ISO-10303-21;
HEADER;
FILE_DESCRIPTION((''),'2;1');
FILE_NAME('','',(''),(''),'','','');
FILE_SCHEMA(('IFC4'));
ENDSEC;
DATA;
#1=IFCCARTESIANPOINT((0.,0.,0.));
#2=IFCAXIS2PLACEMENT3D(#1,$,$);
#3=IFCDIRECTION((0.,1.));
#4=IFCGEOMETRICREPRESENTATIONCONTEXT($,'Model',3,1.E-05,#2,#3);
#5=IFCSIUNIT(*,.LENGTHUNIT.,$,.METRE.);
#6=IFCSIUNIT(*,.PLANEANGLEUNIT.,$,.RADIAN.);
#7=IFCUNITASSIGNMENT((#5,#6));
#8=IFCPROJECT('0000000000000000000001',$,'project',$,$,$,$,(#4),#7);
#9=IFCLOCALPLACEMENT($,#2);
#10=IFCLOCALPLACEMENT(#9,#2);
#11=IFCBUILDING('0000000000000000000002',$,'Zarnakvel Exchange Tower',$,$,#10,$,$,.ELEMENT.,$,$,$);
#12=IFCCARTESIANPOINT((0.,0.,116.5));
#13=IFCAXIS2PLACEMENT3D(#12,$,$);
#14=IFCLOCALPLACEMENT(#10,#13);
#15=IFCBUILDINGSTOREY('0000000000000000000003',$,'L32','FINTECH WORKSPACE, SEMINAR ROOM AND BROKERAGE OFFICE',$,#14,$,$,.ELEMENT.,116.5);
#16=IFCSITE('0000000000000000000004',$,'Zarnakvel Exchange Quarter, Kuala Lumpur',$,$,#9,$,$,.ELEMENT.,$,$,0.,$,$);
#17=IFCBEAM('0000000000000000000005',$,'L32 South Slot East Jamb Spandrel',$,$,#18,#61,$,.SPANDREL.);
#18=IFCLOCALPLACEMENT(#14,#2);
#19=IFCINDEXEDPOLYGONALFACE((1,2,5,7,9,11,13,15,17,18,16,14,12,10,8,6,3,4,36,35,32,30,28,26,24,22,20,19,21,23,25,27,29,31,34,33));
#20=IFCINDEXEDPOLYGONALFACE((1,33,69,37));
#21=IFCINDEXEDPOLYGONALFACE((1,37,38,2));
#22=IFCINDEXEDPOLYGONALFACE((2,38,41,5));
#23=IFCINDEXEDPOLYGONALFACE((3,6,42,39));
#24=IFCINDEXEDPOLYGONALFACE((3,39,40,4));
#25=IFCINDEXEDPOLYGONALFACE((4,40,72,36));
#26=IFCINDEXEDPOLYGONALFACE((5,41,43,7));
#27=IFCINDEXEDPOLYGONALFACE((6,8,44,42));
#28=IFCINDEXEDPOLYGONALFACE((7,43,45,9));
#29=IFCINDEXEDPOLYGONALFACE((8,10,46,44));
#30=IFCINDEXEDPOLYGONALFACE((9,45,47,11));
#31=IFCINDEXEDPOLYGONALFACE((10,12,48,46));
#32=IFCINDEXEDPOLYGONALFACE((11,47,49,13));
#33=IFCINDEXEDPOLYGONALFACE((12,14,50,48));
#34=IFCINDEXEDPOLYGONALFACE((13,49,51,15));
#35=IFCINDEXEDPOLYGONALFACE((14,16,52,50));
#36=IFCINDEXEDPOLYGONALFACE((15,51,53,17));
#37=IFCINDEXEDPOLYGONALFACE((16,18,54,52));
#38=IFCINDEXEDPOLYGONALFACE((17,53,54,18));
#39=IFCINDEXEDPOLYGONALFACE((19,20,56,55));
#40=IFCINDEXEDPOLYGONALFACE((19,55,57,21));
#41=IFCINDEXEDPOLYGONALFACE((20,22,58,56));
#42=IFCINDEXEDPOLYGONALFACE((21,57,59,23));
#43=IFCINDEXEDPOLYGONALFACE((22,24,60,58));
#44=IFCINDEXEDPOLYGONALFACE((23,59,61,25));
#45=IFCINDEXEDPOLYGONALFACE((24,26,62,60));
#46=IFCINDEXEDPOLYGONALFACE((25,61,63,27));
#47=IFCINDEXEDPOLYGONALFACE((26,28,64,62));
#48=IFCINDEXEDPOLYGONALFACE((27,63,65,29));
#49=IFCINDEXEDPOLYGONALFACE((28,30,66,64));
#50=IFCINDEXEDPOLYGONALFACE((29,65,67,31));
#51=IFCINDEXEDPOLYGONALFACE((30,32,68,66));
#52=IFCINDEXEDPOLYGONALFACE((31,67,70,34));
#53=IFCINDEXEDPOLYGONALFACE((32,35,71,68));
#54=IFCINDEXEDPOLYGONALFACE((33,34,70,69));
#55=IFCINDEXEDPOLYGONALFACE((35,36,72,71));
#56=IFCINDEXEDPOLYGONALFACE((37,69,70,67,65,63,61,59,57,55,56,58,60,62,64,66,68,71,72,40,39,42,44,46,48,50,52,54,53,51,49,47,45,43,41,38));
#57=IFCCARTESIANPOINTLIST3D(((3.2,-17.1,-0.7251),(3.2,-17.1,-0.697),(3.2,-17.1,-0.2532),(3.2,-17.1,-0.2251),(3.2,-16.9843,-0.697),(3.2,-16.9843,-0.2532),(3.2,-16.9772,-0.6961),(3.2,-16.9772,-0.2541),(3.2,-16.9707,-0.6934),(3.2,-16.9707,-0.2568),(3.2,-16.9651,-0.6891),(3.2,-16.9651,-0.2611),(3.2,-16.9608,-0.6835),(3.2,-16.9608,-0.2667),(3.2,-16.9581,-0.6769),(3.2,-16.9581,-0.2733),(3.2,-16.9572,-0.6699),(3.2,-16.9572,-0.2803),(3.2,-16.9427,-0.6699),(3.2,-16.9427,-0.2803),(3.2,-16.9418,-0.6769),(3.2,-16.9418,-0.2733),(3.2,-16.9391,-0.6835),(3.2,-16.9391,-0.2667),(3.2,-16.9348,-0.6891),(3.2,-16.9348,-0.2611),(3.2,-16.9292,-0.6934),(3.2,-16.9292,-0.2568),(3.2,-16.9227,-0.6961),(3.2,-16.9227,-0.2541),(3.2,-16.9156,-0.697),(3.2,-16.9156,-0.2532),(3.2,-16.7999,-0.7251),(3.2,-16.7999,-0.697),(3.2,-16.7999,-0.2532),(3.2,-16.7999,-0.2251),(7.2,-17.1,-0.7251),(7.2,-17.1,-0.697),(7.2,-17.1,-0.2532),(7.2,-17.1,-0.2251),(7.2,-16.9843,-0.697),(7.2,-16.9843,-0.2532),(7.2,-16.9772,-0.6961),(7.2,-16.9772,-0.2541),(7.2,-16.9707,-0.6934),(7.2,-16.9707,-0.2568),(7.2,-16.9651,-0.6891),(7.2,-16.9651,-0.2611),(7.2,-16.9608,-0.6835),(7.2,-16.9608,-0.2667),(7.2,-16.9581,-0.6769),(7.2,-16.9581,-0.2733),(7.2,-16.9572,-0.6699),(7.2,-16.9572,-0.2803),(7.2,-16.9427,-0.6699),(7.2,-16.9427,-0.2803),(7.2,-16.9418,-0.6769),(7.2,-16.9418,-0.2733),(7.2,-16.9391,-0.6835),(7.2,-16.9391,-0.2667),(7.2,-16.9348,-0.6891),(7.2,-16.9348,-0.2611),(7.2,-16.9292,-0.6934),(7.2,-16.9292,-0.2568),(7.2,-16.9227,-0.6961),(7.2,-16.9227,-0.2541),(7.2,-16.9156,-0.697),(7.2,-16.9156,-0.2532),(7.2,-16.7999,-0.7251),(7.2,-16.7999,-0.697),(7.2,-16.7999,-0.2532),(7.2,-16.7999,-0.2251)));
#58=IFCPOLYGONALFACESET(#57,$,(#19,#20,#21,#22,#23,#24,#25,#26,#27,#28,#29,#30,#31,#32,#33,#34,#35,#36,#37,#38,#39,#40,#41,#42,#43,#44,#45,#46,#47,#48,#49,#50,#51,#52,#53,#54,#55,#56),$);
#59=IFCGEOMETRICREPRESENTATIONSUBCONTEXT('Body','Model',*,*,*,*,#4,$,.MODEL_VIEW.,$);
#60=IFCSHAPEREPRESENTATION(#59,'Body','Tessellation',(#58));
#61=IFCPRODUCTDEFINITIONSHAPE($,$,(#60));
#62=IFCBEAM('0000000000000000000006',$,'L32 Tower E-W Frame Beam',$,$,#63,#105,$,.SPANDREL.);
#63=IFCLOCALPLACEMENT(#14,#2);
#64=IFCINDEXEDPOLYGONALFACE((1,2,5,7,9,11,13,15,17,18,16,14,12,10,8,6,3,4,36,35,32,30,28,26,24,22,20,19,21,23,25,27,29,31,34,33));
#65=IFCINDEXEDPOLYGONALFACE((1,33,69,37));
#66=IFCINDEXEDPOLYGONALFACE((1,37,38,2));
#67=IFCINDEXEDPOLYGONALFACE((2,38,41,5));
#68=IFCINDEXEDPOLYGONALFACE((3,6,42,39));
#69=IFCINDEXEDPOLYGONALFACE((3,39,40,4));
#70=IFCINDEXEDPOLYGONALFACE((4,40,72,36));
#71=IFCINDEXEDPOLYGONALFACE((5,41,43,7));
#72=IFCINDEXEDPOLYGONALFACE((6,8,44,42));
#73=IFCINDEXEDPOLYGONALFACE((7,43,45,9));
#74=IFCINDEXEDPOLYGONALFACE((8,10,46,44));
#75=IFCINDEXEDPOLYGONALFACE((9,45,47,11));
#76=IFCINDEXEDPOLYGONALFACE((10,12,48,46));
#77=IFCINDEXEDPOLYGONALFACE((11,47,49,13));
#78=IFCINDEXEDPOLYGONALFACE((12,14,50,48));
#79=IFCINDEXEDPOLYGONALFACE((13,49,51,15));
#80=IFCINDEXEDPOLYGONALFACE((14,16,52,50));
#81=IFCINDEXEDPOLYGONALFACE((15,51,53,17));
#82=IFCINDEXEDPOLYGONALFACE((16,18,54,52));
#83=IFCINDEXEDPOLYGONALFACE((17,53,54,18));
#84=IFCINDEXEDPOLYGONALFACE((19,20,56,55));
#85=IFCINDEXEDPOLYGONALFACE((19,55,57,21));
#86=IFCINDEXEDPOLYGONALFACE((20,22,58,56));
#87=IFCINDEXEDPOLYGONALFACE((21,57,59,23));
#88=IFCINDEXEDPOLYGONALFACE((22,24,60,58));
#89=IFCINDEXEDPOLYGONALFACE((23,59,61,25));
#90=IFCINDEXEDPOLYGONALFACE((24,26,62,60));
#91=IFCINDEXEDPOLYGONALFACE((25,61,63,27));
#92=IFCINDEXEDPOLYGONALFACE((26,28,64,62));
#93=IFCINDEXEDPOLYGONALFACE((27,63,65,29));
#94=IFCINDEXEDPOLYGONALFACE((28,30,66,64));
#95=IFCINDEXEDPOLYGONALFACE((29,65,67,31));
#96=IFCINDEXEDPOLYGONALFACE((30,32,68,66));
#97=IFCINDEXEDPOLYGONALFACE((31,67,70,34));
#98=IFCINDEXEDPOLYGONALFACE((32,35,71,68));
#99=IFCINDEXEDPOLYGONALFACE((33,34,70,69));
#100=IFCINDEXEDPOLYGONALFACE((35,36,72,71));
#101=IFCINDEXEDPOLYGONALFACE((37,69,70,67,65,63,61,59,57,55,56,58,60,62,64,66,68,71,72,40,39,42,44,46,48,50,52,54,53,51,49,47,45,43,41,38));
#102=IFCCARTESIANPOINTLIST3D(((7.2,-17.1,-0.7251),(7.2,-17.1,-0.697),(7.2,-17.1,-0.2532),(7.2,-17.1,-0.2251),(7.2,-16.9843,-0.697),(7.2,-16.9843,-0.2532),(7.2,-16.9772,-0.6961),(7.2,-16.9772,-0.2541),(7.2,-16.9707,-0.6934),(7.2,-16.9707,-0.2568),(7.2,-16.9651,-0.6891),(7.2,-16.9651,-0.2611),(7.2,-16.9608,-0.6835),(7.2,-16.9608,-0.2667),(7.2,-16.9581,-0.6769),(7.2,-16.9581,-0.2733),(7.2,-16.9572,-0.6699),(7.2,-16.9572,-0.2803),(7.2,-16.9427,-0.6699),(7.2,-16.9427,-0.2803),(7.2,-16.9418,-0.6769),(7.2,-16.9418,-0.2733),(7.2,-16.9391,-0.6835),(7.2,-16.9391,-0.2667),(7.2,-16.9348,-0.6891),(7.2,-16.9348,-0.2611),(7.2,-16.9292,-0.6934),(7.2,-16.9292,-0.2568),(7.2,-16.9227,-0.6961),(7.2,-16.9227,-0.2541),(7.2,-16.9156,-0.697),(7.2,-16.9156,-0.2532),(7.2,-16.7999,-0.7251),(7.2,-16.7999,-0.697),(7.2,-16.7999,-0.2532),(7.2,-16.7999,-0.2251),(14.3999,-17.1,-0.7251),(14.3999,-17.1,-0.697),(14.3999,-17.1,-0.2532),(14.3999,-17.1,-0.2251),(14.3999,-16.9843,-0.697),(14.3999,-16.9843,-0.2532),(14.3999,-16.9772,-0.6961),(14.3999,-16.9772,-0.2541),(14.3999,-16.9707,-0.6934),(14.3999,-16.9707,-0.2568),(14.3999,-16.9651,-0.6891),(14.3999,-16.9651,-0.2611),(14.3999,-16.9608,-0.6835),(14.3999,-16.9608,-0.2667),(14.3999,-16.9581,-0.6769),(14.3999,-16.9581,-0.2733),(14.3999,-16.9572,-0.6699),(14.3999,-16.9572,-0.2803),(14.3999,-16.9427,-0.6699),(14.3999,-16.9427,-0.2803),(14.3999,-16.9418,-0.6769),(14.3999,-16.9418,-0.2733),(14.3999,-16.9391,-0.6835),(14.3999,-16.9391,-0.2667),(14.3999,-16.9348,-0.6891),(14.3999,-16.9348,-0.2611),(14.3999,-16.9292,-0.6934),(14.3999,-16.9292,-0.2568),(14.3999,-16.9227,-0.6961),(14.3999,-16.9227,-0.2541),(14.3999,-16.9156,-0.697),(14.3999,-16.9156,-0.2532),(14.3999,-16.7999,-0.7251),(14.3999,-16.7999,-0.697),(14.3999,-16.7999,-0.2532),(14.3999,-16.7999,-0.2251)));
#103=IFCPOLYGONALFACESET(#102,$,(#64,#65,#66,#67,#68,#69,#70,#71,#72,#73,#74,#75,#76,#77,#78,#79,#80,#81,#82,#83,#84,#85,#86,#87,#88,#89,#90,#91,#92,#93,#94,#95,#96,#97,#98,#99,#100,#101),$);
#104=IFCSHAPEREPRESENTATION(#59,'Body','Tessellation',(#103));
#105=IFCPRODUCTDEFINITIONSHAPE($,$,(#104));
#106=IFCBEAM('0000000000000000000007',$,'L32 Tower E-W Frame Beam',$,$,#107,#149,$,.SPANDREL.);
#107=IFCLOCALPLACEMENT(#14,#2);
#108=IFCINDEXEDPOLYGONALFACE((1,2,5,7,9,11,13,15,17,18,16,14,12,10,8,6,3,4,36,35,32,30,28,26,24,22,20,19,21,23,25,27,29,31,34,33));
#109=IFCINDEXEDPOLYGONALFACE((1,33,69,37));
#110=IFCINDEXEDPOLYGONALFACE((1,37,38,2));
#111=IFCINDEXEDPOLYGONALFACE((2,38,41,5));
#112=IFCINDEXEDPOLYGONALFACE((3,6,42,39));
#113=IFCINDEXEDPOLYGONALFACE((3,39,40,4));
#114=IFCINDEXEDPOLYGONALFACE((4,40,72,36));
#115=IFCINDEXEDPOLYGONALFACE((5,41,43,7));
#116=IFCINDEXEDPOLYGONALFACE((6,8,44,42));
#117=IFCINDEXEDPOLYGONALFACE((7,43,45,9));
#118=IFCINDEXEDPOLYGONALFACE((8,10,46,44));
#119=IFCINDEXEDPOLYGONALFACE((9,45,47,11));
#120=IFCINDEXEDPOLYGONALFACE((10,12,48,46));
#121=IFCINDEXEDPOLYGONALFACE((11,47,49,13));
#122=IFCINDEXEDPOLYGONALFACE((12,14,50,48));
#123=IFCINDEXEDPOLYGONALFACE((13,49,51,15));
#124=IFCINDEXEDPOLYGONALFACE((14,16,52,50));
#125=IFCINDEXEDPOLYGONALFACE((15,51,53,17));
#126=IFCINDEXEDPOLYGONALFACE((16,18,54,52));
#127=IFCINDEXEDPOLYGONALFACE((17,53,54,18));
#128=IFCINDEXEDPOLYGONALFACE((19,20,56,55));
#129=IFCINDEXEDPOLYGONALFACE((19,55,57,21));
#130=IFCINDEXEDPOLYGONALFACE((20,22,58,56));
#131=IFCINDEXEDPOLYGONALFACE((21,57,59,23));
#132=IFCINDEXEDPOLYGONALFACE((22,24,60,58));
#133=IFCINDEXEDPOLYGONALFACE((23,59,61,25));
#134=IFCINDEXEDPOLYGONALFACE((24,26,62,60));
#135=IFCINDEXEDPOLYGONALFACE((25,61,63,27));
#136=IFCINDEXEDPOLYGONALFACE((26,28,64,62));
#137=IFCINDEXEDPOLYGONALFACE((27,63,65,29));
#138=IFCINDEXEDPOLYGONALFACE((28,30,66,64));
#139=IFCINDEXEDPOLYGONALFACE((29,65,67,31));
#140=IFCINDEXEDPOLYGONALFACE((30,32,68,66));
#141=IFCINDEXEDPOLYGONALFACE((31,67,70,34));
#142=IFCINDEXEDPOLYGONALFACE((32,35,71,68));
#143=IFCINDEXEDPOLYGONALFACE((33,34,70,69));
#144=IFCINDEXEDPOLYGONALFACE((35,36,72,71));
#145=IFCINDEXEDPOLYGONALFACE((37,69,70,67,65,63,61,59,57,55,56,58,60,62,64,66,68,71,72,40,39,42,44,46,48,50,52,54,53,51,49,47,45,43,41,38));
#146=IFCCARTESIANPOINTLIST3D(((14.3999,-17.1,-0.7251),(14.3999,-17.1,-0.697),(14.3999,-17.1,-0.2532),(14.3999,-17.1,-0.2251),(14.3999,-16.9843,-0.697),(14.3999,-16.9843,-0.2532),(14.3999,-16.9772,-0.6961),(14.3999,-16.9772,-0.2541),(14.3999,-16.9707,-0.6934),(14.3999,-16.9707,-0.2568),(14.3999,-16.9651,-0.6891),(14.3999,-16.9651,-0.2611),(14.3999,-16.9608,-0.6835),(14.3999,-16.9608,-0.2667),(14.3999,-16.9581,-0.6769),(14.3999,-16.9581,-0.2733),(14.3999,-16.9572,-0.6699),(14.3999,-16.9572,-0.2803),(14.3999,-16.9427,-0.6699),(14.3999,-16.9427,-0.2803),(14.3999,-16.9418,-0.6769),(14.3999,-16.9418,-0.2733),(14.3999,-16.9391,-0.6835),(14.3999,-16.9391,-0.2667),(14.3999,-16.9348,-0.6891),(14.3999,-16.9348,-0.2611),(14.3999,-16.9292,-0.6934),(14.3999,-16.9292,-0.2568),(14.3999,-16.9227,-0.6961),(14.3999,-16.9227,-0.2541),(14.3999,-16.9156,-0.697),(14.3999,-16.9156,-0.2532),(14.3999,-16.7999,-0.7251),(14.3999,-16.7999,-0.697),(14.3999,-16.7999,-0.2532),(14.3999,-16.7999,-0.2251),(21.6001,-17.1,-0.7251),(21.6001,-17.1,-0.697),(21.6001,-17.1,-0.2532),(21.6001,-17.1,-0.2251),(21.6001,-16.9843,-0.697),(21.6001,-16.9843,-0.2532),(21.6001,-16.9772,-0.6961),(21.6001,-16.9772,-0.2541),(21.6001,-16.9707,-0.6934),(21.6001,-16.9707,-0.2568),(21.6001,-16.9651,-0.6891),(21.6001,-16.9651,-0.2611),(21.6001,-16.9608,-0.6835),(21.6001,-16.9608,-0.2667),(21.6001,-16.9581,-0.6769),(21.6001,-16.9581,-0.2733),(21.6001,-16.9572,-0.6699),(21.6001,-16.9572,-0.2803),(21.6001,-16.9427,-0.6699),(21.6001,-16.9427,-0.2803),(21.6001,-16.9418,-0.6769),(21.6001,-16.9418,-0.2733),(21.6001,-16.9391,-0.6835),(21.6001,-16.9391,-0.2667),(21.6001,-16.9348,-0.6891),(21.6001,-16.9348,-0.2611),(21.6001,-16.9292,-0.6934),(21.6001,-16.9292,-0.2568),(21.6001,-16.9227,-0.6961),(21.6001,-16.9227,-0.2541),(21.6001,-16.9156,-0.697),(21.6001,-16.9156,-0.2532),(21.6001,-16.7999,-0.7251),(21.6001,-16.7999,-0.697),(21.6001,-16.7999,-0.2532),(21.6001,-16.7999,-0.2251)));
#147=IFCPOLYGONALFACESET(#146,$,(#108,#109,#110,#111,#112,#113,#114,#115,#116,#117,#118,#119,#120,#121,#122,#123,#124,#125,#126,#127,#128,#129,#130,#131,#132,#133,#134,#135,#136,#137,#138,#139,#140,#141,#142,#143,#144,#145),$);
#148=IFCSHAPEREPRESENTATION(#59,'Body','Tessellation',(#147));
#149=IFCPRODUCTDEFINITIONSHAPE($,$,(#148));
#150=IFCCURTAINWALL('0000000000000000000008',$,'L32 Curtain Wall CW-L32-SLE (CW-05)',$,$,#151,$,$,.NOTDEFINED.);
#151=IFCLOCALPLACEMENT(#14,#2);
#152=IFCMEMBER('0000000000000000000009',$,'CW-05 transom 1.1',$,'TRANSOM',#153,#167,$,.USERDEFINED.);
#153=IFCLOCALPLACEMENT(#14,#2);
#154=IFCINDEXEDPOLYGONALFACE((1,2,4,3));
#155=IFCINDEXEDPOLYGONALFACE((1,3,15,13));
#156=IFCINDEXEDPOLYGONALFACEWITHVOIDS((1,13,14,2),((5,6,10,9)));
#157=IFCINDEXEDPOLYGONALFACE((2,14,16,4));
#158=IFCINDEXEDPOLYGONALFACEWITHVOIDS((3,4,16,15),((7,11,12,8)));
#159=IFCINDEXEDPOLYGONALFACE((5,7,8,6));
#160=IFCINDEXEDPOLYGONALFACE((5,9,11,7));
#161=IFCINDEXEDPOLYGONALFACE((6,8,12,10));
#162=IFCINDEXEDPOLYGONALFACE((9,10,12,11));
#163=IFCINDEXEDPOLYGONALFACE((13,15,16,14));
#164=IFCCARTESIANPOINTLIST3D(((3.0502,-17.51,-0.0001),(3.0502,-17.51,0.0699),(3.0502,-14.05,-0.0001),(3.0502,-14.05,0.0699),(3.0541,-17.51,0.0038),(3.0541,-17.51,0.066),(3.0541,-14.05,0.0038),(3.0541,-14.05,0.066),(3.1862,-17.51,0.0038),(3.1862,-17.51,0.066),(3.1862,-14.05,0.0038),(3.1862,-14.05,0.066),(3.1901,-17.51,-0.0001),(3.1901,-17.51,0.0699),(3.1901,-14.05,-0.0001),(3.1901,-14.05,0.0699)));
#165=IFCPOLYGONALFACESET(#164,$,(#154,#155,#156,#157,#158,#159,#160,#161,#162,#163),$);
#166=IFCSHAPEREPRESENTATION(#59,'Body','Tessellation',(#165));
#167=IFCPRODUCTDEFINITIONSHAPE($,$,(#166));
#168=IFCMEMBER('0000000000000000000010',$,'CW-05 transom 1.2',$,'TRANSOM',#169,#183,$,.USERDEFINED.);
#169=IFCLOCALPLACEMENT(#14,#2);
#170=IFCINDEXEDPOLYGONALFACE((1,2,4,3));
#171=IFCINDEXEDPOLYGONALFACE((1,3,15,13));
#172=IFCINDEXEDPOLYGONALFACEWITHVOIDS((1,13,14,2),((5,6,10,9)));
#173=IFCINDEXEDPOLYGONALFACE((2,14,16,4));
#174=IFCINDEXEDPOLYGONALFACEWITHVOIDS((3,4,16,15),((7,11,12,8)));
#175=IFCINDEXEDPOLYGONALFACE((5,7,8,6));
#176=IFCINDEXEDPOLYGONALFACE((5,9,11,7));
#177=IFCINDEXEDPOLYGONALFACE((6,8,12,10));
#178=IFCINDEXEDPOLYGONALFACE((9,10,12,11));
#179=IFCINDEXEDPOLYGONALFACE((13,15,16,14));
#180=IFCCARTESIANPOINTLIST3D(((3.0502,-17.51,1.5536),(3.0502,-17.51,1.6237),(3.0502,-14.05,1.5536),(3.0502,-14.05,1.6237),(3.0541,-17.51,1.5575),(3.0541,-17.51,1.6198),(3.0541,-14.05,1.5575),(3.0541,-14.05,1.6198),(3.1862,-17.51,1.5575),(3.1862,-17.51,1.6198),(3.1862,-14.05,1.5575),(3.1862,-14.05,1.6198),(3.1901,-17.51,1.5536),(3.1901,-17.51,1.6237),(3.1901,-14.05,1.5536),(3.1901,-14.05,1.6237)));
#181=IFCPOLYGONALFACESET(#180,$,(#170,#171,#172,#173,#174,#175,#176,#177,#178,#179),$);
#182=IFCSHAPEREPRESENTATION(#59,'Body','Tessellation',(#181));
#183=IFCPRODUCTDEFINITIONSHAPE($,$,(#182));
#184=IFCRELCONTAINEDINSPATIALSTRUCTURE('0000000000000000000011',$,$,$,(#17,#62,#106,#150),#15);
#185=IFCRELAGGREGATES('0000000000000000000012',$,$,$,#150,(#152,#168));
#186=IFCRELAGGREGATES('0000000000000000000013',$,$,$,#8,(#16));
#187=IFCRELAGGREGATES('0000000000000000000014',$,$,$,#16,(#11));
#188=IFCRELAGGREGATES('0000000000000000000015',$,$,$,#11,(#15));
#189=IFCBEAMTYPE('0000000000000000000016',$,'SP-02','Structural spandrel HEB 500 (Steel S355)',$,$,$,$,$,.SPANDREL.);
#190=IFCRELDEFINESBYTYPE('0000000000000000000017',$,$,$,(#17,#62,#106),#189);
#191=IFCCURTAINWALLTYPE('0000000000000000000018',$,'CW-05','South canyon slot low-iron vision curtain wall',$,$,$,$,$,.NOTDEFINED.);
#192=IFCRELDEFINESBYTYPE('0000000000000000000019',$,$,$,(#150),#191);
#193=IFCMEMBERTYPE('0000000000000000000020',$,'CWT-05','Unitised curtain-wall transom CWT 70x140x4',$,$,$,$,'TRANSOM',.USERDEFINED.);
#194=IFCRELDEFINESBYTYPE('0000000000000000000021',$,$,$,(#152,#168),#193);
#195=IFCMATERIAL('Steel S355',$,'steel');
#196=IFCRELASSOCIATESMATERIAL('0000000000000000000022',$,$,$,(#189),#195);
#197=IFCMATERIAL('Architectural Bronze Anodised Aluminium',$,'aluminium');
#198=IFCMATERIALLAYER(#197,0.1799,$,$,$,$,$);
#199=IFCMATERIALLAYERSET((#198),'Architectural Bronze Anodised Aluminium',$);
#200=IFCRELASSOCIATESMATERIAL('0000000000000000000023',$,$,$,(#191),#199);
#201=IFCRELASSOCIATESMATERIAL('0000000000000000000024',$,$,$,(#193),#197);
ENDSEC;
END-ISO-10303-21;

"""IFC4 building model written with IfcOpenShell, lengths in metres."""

from ifc_helpers import new_model, si_unit, direction, frame, origin, origin_2d, place, context, subcontext, project, spatial, hollow_rectangle, i_section, extrude, source, transform, mapped, material, layer, layer_set, material_profile, profile_set, type_object, element, aggregate, save


model = new_model("IFC4")

# Units and contexts
model_context = context("Model", 3, precision=1e-05, world=origin(), true_north=direction((0.0, 1.0)))
body_context = subcontext(model_context, "Body", "Model", "MODEL_VIEW")
ifc_project = project(units=[si_unit("LENGTHUNIT", "METRE"), si_unit("PLANEANGLEUNIT", "RADIAN")], contexts=[model_context])

# Site, building, storey
site_placement = place(None, origin())
site = spatial("IfcSite", under=ifc_project, at=site_placement, Name="Zarnakvel Exchange Quarter, Kuala Lumpur", CompositionType="ELEMENT", RefElevation=0.0)
building_placement = place(site_placement, origin())
building = spatial("IfcBuilding", under=site, at=building_placement, Name="Zarnakvel Exchange Tower", CompositionType="ELEMENT")
storey_placement = place(building_placement, frame((0.0, 0.0, 116.5)))
storey = spatial("IfcBuildingStorey", under=building, at=storey_placement, Name="L32", Description="FINTECH WORKSPACE, SEMINAR ROOM AND BROKERAGE OFFICE", CompositionType="ELEMENT", Elevation=116.5)

# Beams
ifc_material_1 = material(Name="Steel S355", Category="steel")
ifc_material_profile_1 = material_profile(ifc_material_1, i_section(OverallWidth=0.3, OverallDepth=0.5, WebThickness=0.0144, FlangeThickness=0.0281, FilletRadius=0.0271, at=origin_2d()))
ifc_profile_set_1 = profile_set([ifc_material_profile_1], Name="Steel S355")
beam_type_1 = type_object("IfcBeamType", Name="SP-02", Description="Structural spandrel HEB 500 (Steel S355)", PredefinedType="SPANDREL", material=ifc_profile_set_1)
beam_1_placement = place(storey_placement, frame((3.2, -16.95, -0.4751), z_axis=(1.0, 0.0, 0.0), x_axis=(0.0, 1.0, 0.0)))
element("IfcBeam", 1, at=beam_1_placement, inside=storey, type_object=beam_type_1, Name="L32 South Slot East Jamb Spandrel", PredefinedType="SPANDREL", context=body_context, shape_type="SweptSolid", body=[
    extrude(i_section(OverallWidth=0.3, OverallDepth=0.5, WebThickness=0.0144, FlangeThickness=0.0281, FilletRadius=0.0271, at=origin_2d()), origin(), (0.0, 0.0, 1.0), 4.0),
])
beam_2_placement = place(storey_placement, frame((7.2, -16.95, -0.4751), z_axis=(1.0, 0.0, 0.0), x_axis=(0.0, 1.0, 0.0)))
element("IfcBeam", 2, at=beam_2_placement, inside=storey, type_object=beam_type_1, Name="L32 Tower E-W Frame Beam", PredefinedType="SPANDREL", context=body_context, shape_type="SweptSolid", body=[
    extrude(i_section(OverallWidth=0.3, OverallDepth=0.5, WebThickness=0.0144, FlangeThickness=0.0281, FilletRadius=0.0271, at=origin_2d()), origin(), (0.0, 0.0, 1.0), 7.2),
])
beam_3_placement = place(storey_placement, frame((14.3999, -16.95, -0.4751), z_axis=(1.0, 0.0, 0.0), x_axis=(0.0, 1.0, 0.0)))
element("IfcBeam", 3, at=beam_3_placement, inside=storey, type_object=beam_type_1, Name="L32 Tower E-W Frame Beam", PredefinedType="SPANDREL", context=body_context, shape_type="SweptSolid", body=[
    extrude(i_section(OverallWidth=0.3, OverallDepth=0.5, WebThickness=0.0144, FlangeThickness=0.0281, FilletRadius=0.0271, at=origin_2d()), origin(), (0.0, 0.0, 1.0), 7.2002),
])

# Curtain wall, members
ifc_material_2 = material(Name="Architectural Bronze Anodised Aluminium", Category="aluminium")
ifc_layer_1 = layer(ifc_material_2, 0.1799)
ifc_layer_set_1 = layer_set([ifc_layer_1], Name="Architectural Bronze Anodised Aluminium")
curtain_wall_type = type_object("IfcCurtainWallType", Name="CW-05", Description="South canyon slot low-iron vision curtain wall", PredefinedType="NOTDEFINED", material=ifc_layer_set_1)
curtain_wall_1_placement = place(storey_placement, origin())
curtain_wall_1 = element("IfcCurtainWall", 4, at=curtain_wall_1_placement, inside=storey, type_object=curtain_wall_type, Name="L32 Curtain Wall CW-L32-SLE (CW-05)", PredefinedType="NOTDEFINED")
ifc_material_profile_2 = material_profile(ifc_material_2, hollow_rectangle(XDim=0.1399, YDim=0.0701, WallThickness=0.0039, at=origin_2d()))
ifc_profile_set_2 = profile_set([ifc_material_profile_2], Name="Architectural Bronze Anodised Aluminium")
member_type_1 = type_object("IfcMemberType", Name="CWT-05", Description="Unitised curtain-wall transom CWT 70x140x4", ElementType="TRANSOM", PredefinedType="USERDEFINED", material=ifc_profile_set_2)
shared_shape_1 = source(origin(), body_context, "Body", "SweptSolid", [
    extrude(hollow_rectangle(XDim=0.1399, YDim=0.0701, WallThickness=0.0039, at=origin_2d()), origin(), (0.0, 0.0, 1.0), 3.46),
])
member_1_placement = place(storey_placement, frame((3.1201, -14.05, 0.0349), z_axis=(0.0, -1.0, 0.0), x_axis=(1.0, 0.0, 0.0)))
member_1 = element("IfcMember", 5, at=member_1_placement, type_object=member_type_1, Name="CW-05 transom 1.1", ObjectType="TRANSOM", PredefinedType="USERDEFINED", context=body_context, shape_type="MappedRepresentation", body=[
    mapped(shared_shape_1, transform((0.0, 0.0, 0.0), x_axis=(1.0, 0.0, 0.0), y_axis=(0.0, 1.0, 0.0), z_axis=(0.0, 0.0, 1.0), scale=1.0)),
])
member_2_placement = place(storey_placement, frame((3.1201, -14.05, 1.5886), z_axis=(0.0, -1.0, 0.0), x_axis=(1.0, 0.0, 0.0)))
member_2 = element("IfcMember", 6, at=member_2_placement, type_object=member_type_1, Name="CW-05 transom 1.2", ObjectType="TRANSOM", PredefinedType="USERDEFINED", context=body_context, shape_type="MappedRepresentation", body=[
    mapped(shared_shape_1, transform((0.0, 0.0, 0.0), x_axis=(1.0, 0.0, 0.0), y_axis=(0.0, 1.0, 0.0), z_axis=(0.0, 0.0, 1.0), scale=1.0)),
])

aggregate(curtain_wall_1, [member_1, member_2])

save(model, "model.ifc")
